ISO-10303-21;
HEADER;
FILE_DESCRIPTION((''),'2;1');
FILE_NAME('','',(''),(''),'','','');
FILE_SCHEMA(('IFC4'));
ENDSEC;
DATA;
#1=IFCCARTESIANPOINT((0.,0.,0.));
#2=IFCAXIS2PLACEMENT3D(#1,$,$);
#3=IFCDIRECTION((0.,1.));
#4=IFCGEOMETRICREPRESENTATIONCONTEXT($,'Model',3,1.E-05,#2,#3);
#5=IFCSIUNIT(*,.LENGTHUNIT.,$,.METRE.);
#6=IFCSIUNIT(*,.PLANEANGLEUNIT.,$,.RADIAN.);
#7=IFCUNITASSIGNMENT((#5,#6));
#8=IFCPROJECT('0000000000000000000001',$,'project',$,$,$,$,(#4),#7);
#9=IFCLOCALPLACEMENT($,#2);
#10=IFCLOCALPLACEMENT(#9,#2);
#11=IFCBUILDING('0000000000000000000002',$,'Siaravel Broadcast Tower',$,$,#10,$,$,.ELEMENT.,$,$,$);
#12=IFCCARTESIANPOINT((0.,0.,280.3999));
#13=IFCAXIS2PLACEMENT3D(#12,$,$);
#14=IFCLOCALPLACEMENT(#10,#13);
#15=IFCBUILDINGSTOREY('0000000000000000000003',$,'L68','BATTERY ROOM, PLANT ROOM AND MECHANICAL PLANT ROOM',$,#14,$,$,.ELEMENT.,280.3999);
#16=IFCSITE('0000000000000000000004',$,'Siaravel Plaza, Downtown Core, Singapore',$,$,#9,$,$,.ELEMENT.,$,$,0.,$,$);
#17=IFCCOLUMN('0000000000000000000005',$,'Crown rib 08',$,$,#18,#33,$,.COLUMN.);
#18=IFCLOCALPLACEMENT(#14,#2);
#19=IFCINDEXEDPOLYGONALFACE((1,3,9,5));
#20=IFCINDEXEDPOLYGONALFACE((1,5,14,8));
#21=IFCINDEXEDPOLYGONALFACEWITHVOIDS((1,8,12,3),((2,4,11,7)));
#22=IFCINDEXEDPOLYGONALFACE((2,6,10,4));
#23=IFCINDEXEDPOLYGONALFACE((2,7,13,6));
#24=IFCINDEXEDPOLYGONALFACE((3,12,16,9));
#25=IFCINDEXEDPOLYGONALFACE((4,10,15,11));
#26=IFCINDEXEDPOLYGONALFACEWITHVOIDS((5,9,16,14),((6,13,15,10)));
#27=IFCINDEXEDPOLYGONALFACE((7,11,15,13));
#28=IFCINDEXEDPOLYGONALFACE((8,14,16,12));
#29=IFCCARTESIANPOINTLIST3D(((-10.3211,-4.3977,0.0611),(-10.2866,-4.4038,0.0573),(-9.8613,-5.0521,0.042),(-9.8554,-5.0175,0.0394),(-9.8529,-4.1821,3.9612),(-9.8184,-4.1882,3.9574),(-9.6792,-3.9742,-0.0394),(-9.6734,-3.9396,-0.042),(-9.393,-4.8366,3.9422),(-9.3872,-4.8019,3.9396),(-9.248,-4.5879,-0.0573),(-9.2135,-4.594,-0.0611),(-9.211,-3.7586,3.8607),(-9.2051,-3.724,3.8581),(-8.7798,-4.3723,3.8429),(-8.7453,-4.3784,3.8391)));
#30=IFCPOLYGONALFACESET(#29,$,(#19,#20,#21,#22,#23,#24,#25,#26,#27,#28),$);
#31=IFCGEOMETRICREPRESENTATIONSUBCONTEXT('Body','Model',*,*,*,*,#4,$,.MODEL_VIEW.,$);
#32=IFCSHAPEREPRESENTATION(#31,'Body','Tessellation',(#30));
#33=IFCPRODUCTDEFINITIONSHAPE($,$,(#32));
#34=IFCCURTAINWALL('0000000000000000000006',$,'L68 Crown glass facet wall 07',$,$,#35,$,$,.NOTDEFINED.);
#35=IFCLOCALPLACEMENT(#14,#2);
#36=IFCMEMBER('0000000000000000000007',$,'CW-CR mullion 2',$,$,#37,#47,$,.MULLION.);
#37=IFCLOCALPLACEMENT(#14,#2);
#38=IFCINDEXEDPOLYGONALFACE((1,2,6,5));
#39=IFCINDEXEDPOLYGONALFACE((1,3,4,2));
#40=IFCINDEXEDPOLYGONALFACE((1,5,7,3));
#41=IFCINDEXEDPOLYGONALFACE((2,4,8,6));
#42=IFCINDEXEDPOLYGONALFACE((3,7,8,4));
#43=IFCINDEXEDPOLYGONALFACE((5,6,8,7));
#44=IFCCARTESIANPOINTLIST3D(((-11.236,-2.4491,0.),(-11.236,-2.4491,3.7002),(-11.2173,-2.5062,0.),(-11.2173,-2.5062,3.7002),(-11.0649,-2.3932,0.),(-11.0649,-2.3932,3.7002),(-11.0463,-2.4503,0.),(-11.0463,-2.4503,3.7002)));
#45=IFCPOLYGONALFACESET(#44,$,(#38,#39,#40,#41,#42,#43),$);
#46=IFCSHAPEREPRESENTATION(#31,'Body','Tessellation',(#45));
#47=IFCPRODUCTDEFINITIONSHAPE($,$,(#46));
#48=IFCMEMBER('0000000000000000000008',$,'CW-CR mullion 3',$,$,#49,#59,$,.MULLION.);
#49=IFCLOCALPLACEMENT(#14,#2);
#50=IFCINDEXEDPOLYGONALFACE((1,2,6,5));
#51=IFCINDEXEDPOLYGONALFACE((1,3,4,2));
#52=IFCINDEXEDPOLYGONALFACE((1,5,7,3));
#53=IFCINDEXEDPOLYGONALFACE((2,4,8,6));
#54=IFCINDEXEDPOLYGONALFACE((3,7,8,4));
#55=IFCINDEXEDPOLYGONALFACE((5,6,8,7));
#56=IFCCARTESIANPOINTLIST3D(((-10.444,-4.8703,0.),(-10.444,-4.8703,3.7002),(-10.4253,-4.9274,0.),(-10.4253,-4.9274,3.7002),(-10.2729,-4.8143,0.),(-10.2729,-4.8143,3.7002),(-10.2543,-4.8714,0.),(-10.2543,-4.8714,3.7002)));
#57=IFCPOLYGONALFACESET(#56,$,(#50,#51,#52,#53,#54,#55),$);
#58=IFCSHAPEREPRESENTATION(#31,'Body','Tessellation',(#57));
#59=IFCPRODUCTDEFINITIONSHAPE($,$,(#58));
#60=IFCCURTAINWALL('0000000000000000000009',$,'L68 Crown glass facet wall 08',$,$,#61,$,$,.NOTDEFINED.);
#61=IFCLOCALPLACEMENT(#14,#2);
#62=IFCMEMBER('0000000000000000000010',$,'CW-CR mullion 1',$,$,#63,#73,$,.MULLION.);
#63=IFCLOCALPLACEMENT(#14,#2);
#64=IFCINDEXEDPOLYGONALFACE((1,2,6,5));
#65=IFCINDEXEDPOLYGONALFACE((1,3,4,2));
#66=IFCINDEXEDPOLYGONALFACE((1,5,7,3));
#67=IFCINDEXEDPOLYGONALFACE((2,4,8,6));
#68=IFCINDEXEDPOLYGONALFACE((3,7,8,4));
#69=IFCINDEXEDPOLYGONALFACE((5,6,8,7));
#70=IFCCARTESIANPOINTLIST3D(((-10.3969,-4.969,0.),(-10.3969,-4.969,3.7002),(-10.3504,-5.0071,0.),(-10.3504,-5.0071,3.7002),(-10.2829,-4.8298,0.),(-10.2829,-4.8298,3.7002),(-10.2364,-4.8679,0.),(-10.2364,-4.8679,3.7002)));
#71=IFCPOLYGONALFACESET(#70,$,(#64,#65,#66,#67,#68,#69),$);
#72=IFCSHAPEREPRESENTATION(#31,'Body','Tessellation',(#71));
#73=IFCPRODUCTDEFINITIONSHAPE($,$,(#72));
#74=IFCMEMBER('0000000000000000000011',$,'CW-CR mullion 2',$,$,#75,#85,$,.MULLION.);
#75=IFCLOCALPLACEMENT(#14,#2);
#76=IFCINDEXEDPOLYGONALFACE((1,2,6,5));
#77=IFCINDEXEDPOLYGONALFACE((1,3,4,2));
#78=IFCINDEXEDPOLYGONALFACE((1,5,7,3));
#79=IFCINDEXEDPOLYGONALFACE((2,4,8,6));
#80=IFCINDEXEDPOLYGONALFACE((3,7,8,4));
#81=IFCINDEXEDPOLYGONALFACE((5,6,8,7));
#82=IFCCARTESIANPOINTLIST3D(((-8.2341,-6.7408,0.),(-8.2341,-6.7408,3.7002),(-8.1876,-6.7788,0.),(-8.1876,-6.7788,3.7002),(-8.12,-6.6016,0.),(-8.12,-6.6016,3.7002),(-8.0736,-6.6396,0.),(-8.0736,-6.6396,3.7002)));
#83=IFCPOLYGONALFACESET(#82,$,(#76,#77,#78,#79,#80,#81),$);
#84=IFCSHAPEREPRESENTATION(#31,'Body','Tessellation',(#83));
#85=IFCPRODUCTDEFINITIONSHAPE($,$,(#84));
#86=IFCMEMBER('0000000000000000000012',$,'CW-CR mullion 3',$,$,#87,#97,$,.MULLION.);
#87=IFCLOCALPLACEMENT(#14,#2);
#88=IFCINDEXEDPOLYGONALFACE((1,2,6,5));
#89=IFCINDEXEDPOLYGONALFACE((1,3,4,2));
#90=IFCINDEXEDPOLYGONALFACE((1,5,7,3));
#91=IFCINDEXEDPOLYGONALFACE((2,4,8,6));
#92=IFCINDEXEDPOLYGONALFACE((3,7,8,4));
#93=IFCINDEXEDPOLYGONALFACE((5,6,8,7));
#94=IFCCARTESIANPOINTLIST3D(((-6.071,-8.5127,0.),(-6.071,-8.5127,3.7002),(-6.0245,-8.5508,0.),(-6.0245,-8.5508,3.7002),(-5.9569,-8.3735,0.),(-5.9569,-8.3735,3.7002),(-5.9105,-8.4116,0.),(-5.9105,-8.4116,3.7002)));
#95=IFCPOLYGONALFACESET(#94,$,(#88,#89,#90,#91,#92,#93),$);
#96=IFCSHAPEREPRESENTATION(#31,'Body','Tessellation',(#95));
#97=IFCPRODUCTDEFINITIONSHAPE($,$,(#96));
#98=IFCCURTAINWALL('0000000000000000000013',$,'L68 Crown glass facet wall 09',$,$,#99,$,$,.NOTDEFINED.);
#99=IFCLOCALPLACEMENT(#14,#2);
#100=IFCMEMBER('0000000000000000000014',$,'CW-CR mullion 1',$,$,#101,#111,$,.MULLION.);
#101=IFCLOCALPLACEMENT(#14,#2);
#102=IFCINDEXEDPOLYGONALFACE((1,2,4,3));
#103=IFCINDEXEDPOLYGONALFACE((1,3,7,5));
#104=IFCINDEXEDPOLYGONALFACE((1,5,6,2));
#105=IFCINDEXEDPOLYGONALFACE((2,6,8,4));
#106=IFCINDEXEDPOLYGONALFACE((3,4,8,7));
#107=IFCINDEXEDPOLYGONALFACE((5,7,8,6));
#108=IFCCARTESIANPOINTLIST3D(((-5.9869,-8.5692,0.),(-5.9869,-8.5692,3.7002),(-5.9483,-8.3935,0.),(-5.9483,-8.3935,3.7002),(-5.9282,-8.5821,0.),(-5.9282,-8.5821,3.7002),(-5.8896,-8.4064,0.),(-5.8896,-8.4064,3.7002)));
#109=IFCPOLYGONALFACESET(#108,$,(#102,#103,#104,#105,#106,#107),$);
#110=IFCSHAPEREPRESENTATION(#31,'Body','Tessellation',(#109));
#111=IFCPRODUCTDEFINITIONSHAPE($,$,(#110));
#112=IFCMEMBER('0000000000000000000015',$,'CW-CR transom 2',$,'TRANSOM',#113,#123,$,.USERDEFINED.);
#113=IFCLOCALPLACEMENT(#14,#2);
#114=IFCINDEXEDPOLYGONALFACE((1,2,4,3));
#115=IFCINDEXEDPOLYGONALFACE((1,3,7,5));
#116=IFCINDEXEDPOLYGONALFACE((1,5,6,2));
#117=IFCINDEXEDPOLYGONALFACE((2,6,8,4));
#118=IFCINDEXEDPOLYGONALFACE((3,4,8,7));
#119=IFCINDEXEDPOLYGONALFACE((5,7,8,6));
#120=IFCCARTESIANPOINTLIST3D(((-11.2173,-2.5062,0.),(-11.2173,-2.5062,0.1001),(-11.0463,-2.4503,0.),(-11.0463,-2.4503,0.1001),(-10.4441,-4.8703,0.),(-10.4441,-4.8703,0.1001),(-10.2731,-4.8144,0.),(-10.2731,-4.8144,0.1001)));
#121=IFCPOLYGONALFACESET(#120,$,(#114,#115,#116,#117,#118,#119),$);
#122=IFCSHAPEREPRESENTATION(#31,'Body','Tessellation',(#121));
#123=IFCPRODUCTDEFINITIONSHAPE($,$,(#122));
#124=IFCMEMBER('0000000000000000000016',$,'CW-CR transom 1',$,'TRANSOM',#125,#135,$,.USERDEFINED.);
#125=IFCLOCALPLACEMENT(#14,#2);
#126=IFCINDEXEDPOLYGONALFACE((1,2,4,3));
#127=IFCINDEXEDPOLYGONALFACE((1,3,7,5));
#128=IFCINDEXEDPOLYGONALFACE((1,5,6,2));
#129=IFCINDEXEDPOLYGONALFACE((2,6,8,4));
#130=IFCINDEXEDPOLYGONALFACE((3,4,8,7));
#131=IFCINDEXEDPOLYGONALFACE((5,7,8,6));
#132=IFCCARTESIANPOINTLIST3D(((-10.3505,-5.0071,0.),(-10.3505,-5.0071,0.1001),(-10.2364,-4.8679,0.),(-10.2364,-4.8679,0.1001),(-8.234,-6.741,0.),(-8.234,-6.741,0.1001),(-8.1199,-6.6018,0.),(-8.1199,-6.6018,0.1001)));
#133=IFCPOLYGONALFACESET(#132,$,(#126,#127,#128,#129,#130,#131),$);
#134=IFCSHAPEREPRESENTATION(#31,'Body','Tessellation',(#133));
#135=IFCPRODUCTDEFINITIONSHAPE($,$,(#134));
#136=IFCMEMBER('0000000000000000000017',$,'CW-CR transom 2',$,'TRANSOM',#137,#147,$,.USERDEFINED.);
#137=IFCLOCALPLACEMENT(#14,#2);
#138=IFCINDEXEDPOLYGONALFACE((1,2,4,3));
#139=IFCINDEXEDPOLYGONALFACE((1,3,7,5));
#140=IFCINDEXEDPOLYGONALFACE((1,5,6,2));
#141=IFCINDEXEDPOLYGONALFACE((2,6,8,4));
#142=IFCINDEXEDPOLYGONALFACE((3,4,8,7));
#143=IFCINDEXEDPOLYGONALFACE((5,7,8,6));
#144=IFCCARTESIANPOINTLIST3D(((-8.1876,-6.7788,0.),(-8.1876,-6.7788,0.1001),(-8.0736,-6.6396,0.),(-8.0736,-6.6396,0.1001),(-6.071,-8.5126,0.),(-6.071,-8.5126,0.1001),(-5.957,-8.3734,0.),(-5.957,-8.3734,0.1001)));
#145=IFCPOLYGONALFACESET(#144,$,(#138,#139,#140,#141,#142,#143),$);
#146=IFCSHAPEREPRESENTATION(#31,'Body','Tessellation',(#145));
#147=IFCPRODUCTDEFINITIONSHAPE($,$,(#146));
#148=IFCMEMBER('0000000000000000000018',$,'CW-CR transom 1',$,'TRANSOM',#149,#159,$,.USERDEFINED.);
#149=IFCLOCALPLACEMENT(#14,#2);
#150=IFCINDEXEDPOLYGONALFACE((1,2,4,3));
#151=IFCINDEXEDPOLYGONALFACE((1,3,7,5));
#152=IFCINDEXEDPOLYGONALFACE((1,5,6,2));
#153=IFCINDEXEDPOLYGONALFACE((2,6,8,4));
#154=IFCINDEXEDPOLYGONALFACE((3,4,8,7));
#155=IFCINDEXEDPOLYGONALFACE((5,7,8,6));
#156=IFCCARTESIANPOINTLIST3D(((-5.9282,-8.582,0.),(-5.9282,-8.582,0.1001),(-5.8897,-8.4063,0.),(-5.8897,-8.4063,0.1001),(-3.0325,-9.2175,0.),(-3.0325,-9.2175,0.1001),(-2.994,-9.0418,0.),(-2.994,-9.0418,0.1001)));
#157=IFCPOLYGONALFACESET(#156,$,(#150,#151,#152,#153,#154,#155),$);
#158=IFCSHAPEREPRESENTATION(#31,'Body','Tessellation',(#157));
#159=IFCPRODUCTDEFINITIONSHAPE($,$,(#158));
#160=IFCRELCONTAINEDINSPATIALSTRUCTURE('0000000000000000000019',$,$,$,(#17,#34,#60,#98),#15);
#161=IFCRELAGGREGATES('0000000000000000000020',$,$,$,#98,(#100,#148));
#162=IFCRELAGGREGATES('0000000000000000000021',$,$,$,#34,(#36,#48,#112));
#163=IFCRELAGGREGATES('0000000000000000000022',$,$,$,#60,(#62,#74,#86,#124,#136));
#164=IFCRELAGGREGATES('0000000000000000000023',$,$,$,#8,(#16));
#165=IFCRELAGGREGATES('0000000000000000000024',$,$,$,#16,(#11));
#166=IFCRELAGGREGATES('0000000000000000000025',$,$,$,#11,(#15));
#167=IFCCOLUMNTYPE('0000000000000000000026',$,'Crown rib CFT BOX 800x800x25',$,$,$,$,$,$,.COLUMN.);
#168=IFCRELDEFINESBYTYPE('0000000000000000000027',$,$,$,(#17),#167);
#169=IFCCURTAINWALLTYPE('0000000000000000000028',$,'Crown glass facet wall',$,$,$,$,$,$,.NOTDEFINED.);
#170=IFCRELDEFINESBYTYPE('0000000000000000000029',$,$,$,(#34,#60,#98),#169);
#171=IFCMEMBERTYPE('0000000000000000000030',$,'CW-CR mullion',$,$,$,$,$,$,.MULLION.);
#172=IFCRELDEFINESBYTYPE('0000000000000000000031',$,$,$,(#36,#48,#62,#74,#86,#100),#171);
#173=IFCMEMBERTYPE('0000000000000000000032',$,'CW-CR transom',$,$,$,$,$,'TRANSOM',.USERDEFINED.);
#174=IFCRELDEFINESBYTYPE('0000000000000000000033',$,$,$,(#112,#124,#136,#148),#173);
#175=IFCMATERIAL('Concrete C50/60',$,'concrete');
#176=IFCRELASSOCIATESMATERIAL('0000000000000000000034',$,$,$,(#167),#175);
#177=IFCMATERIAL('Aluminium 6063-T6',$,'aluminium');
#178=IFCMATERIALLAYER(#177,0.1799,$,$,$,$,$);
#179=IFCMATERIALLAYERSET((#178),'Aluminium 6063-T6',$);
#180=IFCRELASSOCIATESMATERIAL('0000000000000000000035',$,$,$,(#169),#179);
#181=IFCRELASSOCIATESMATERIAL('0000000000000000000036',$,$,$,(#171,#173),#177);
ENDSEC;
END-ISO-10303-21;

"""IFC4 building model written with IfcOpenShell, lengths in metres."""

from ifc_helpers import new_model, si_unit, direction, frame, origin, origin_2d, place, context, subcontext, project, spatial, rectangle, hollow_rectangle, extrude, material, layer, layer_set, material_profile, profile_set, type_object, element, aggregate, save


model = new_model("IFC4")

# Units and contexts
model_context = context("Model", 3, precision=1e-05, world=origin(), true_north=direction((0.0, 1.0)))
body_context = subcontext(model_context, "Body", "Model", "MODEL_VIEW")
ifc_project = project(units=[si_unit("LENGTHUNIT", "METRE"), si_unit("PLANEANGLEUNIT", "RADIAN")], contexts=[model_context])

# Site, building, storey
site_placement = place(None, origin())
site = spatial("IfcSite", under=ifc_project, at=site_placement, Name="Siaravel Plaza, Downtown Core, Singapore", CompositionType="ELEMENT", RefElevation=0.0)
building_placement = place(site_placement, origin())
building = spatial("IfcBuilding", under=site, at=building_placement, Name="Siaravel Broadcast Tower", CompositionType="ELEMENT")
storey_placement = place(building_placement, frame((0.0, 0.0, 280.3999)))
storey = spatial("IfcBuildingStorey", under=building, at=storey_placement, Name="L68", Description="BATTERY ROOM, PLANT ROOM AND MECHANICAL PLANT ROOM", CompositionType="ELEMENT", Elevation=280.3999)

# Column
ifc_material_1 = material(Name="Concrete C50/60", Category="concrete")
ifc_material_profile_1 = material_profile(ifc_material_1, hollow_rectangle(XDim=0.8, YDim=0.8, WallThickness=0.0249, at=origin_2d()))
ifc_profile_set_1 = profile_set([ifc_material_profile_1], Name="Concrete C50/60")
column_type = type_object("IfcColumnType", Name="Crown rib CFT BOX 800x800x25", PredefinedType="COLUMN", material=ifc_profile_set_1)
column_placement = place(storey_placement, frame((-9.7673, -4.4958, 0.0), z_axis=(0.119027, 0.054797, 0.991378), x_axis=(-0.574756, 0.817979, 0.023794)))
element("IfcColumn", 1, at=column_placement, inside=storey, type_object=column_type, Name="Crown rib 08", PredefinedType="COLUMN", context=body_context, shape_type="SweptSolid", body=[
    extrude(hollow_rectangle(XDim=0.8, YDim=0.8, WallThickness=0.0249, at=origin_2d()), origin(), (0.0, 0.0, 1.0), 3.9341),
])

# Curtain walls, members
ifc_material_2 = material(Name="Aluminium 6063-T6", Category="aluminium")
ifc_layer_1 = layer(ifc_material_2, 0.1799)
ifc_layer_set_1 = layer_set([ifc_layer_1], Name="Aluminium 6063-T6")
curtain_wall_type = type_object("IfcCurtainWallType", Name="Crown glass facet wall", PredefinedType="NOTDEFINED", material=ifc_layer_set_1)
curtain_wall_1_placement = place(storey_placement, origin())
curtain_wall_1 = element("IfcCurtainWall", 2, at=curtain_wall_1_placement, inside=storey, type_object=curtain_wall_type, Name="L68 Crown glass facet wall 07", PredefinedType="NOTDEFINED")
ifc_material_profile_2 = material_profile(ifc_material_2, rectangle(XDim=0.1799, YDim=0.0601, at=origin_2d()))
ifc_profile_set_2 = profile_set([ifc_material_profile_2], Name="Aluminium 6063-T6")
member_type_1 = type_object("IfcMemberType", Name="CW-CR mullion", PredefinedType="MULLION", material=ifc_profile_set_2)
member_1_placement = place(storey_placement, frame((-11.1411, -2.4497, 0.0), z_axis=(0.0, 0.0, 1.0), x_axis=(0.950456, 0.310859, 0.0)))
member_1 = element("IfcMember", 3, at=member_1_placement, type_object=member_type_1, Name="CW-CR mullion 2", PredefinedType="MULLION", context=body_context, shape_type="SweptSolid", body=[
    extrude(rectangle(XDim=0.1799, YDim=0.0601, at=origin_2d()), origin(), (0.0, 0.0, 1.0), 3.7002),
])
member_2_placement = place(storey_placement, frame((-10.3491, -4.8708, 0.0), z_axis=(0.0, 0.0, 1.0), x_axis=(0.950456, 0.310859, 0.0)))
member_2 = element("IfcMember", 4, at=member_2_placement, type_object=member_type_1, Name="CW-CR mullion 3", PredefinedType="MULLION", context=body_context, shape_type="SweptSolid", body=[
    extrude(rectangle(XDim=0.1799, YDim=0.0601, at=origin_2d()), origin(), (0.0, 0.0, 1.0), 3.7002),
])
curtain_wall_2_placement = place(storey_placement, origin())
curtain_wall_2 = element("IfcCurtainWall", 5, at=curtain_wall_2_placement, inside=storey, type_object=curtain_wall_type, Name="L68 Crown glass facet wall 08", PredefinedType="NOTDEFINED")
member_3_placement = place(storey_placement, frame((-10.3167, -4.9185, 0.0), z_axis=(0.0, 0.0, 1.0), x_axis=(0.633713, 0.773568, 0.0)))
member_3 = element("IfcMember", 6, at=member_3_placement, type_object=member_type_1, Name="CW-CR mullion 1", PredefinedType="MULLION", context=body_context, shape_type="SweptSolid", body=[
    extrude(rectangle(XDim=0.1799, YDim=0.0601, at=origin_2d()), origin(), (0.0, 0.0, 1.0), 3.7002),
])
member_4_placement = place(storey_placement, frame((-8.1538, -6.6902, 0.0), z_axis=(0.0, 0.0, 1.0), x_axis=(0.633713, 0.773568, 0.0)))
member_4 = element("IfcMember", 7, at=member_4_placement, type_object=member_type_1, Name="CW-CR mullion 2", PredefinedType="MULLION", context=body_context, shape_type="SweptSolid", body=[
    extrude(rectangle(XDim=0.1799, YDim=0.0601, at=origin_2d()), origin(), (0.0, 0.0, 1.0), 3.7002),
])
member_5_placement = place(storey_placement, frame((-5.9907, -8.4622, 0.0), z_axis=(0.0, 0.0, 1.0), x_axis=(0.633713, 0.773568, 0.0)))
member_5 = element("IfcMember", 8, at=member_5_placement, type_object=member_type_1, Name="CW-CR mullion 3", PredefinedType="MULLION", context=body_context, shape_type="SweptSolid", body=[
    extrude(rectangle(XDim=0.1799, YDim=0.0601, at=origin_2d()), origin(), (0.0, 0.0, 1.0), 3.7002),
])

# Curtain wall, member
curtain_wall_3_placement = place(storey_placement, origin())
curtain_wall_3 = element("IfcCurtainWall", 9, at=curtain_wall_3_placement, inside=storey, type_object=curtain_wall_type, Name="L68 Crown glass facet wall 09", PredefinedType="NOTDEFINED")
member_6_placement = place(storey_placement, frame((-5.9382, -8.4878, 0.0), z_axis=(0.0, 0.0, 1.0), x_axis=(0.214394, 0.976747, 0.0)))
member_6 = element("IfcMember", 10, at=member_6_placement, type_object=member_type_1, Name="CW-CR mullion 1", PredefinedType="MULLION", context=body_context, shape_type="SweptSolid", body=[
    extrude(rectangle(XDim=0.1799, YDim=0.0601, at=origin_2d()), origin(), (0.0, 0.0, 1.0), 3.7002),
])

# Members
ifc_material_profile_3 = material_profile(ifc_material_2, rectangle(XDim=0.1799, YDim=0.1001, at=origin_2d()))
ifc_profile_set_3 = profile_set([ifc_material_profile_3], Name="Aluminium 6063-T6")
member_type_2 = type_object("IfcMemberType", Name="CW-CR transom", ElementType="TRANSOM", PredefinedType="USERDEFINED", material=ifc_profile_set_3)
member_7_placement = place(storey_placement, frame((-11.1318, -2.4783, 0.05), z_axis=(0.310863, -0.950455, 0.0), x_axis=(0.950455, 0.310863, 0.0)))
member_7 = element("IfcMember", 11, at=member_7_placement, type_object=member_type_2, Name="CW-CR transom 2", ObjectType="TRANSOM", PredefinedType="USERDEFINED", context=body_context, shape_type="SweptSolid", body=[
    extrude(rectangle(XDim=0.1799, YDim=0.1001, at=origin_2d()), origin(), (0.0, 0.0, 1.0), 2.4873),
])
member_8_placement = place(storey_placement, frame((-10.2935, -4.9375, 0.05), z_axis=(0.773556, -0.633728, 0.0), x_axis=(0.633728, 0.773556, 0.0)))
member_8 = element("IfcMember", 12, at=member_8_placement, type_object=member_type_2, Name="CW-CR transom 1", ObjectType="TRANSOM", PredefinedType="USERDEFINED", context=body_context, shape_type="SweptSolid", body=[
    extrude(rectangle(XDim=0.1799, YDim=0.1001, at=origin_2d()), origin(), (0.0, 0.0, 1.0), 2.7361),
])
member_9_placement = place(storey_placement, frame((-8.1306, -6.7092, 0.05), z_axis=(0.773591, -0.633685, 0.0), x_axis=(0.633685, 0.773591, 0.0)))
member_9 = element("IfcMember", 13, at=member_9_placement, type_object=member_type_2, Name="CW-CR transom 2", ObjectType="TRANSOM", PredefinedType="USERDEFINED", context=body_context, shape_type="SweptSolid", body=[
    extrude(rectangle(XDim=0.1799, YDim=0.1001, at=origin_2d()), origin(), (0.0, 0.0, 1.0), 2.7361),
])
member_10_placement = place(storey_placement, frame((-5.9089, -8.4941, 0.05), z_axis=(0.976755, -0.214357, 0.0), x_axis=(0.214357, 0.976755, 0.0)))
member_10 = element("IfcMember", 14, at=member_10_placement, type_object=member_type_2, Name="CW-CR transom 1", ObjectType="TRANSOM", PredefinedType="USERDEFINED", context=body_context, shape_type="SweptSolid", body=[
    extrude(rectangle(XDim=0.1799, YDim=0.1001, at=origin_2d()), origin(), (0.0, 0.0, 1.0), 2.9646),
])
aggregate(curtain_wall_3, [member_6, member_10])

aggregate(curtain_wall_1, [member_1, member_2, member_7])
aggregate(curtain_wall_2, [member_3, member_4, member_5, member_8, member_9])

save(model, "model.ifc")
